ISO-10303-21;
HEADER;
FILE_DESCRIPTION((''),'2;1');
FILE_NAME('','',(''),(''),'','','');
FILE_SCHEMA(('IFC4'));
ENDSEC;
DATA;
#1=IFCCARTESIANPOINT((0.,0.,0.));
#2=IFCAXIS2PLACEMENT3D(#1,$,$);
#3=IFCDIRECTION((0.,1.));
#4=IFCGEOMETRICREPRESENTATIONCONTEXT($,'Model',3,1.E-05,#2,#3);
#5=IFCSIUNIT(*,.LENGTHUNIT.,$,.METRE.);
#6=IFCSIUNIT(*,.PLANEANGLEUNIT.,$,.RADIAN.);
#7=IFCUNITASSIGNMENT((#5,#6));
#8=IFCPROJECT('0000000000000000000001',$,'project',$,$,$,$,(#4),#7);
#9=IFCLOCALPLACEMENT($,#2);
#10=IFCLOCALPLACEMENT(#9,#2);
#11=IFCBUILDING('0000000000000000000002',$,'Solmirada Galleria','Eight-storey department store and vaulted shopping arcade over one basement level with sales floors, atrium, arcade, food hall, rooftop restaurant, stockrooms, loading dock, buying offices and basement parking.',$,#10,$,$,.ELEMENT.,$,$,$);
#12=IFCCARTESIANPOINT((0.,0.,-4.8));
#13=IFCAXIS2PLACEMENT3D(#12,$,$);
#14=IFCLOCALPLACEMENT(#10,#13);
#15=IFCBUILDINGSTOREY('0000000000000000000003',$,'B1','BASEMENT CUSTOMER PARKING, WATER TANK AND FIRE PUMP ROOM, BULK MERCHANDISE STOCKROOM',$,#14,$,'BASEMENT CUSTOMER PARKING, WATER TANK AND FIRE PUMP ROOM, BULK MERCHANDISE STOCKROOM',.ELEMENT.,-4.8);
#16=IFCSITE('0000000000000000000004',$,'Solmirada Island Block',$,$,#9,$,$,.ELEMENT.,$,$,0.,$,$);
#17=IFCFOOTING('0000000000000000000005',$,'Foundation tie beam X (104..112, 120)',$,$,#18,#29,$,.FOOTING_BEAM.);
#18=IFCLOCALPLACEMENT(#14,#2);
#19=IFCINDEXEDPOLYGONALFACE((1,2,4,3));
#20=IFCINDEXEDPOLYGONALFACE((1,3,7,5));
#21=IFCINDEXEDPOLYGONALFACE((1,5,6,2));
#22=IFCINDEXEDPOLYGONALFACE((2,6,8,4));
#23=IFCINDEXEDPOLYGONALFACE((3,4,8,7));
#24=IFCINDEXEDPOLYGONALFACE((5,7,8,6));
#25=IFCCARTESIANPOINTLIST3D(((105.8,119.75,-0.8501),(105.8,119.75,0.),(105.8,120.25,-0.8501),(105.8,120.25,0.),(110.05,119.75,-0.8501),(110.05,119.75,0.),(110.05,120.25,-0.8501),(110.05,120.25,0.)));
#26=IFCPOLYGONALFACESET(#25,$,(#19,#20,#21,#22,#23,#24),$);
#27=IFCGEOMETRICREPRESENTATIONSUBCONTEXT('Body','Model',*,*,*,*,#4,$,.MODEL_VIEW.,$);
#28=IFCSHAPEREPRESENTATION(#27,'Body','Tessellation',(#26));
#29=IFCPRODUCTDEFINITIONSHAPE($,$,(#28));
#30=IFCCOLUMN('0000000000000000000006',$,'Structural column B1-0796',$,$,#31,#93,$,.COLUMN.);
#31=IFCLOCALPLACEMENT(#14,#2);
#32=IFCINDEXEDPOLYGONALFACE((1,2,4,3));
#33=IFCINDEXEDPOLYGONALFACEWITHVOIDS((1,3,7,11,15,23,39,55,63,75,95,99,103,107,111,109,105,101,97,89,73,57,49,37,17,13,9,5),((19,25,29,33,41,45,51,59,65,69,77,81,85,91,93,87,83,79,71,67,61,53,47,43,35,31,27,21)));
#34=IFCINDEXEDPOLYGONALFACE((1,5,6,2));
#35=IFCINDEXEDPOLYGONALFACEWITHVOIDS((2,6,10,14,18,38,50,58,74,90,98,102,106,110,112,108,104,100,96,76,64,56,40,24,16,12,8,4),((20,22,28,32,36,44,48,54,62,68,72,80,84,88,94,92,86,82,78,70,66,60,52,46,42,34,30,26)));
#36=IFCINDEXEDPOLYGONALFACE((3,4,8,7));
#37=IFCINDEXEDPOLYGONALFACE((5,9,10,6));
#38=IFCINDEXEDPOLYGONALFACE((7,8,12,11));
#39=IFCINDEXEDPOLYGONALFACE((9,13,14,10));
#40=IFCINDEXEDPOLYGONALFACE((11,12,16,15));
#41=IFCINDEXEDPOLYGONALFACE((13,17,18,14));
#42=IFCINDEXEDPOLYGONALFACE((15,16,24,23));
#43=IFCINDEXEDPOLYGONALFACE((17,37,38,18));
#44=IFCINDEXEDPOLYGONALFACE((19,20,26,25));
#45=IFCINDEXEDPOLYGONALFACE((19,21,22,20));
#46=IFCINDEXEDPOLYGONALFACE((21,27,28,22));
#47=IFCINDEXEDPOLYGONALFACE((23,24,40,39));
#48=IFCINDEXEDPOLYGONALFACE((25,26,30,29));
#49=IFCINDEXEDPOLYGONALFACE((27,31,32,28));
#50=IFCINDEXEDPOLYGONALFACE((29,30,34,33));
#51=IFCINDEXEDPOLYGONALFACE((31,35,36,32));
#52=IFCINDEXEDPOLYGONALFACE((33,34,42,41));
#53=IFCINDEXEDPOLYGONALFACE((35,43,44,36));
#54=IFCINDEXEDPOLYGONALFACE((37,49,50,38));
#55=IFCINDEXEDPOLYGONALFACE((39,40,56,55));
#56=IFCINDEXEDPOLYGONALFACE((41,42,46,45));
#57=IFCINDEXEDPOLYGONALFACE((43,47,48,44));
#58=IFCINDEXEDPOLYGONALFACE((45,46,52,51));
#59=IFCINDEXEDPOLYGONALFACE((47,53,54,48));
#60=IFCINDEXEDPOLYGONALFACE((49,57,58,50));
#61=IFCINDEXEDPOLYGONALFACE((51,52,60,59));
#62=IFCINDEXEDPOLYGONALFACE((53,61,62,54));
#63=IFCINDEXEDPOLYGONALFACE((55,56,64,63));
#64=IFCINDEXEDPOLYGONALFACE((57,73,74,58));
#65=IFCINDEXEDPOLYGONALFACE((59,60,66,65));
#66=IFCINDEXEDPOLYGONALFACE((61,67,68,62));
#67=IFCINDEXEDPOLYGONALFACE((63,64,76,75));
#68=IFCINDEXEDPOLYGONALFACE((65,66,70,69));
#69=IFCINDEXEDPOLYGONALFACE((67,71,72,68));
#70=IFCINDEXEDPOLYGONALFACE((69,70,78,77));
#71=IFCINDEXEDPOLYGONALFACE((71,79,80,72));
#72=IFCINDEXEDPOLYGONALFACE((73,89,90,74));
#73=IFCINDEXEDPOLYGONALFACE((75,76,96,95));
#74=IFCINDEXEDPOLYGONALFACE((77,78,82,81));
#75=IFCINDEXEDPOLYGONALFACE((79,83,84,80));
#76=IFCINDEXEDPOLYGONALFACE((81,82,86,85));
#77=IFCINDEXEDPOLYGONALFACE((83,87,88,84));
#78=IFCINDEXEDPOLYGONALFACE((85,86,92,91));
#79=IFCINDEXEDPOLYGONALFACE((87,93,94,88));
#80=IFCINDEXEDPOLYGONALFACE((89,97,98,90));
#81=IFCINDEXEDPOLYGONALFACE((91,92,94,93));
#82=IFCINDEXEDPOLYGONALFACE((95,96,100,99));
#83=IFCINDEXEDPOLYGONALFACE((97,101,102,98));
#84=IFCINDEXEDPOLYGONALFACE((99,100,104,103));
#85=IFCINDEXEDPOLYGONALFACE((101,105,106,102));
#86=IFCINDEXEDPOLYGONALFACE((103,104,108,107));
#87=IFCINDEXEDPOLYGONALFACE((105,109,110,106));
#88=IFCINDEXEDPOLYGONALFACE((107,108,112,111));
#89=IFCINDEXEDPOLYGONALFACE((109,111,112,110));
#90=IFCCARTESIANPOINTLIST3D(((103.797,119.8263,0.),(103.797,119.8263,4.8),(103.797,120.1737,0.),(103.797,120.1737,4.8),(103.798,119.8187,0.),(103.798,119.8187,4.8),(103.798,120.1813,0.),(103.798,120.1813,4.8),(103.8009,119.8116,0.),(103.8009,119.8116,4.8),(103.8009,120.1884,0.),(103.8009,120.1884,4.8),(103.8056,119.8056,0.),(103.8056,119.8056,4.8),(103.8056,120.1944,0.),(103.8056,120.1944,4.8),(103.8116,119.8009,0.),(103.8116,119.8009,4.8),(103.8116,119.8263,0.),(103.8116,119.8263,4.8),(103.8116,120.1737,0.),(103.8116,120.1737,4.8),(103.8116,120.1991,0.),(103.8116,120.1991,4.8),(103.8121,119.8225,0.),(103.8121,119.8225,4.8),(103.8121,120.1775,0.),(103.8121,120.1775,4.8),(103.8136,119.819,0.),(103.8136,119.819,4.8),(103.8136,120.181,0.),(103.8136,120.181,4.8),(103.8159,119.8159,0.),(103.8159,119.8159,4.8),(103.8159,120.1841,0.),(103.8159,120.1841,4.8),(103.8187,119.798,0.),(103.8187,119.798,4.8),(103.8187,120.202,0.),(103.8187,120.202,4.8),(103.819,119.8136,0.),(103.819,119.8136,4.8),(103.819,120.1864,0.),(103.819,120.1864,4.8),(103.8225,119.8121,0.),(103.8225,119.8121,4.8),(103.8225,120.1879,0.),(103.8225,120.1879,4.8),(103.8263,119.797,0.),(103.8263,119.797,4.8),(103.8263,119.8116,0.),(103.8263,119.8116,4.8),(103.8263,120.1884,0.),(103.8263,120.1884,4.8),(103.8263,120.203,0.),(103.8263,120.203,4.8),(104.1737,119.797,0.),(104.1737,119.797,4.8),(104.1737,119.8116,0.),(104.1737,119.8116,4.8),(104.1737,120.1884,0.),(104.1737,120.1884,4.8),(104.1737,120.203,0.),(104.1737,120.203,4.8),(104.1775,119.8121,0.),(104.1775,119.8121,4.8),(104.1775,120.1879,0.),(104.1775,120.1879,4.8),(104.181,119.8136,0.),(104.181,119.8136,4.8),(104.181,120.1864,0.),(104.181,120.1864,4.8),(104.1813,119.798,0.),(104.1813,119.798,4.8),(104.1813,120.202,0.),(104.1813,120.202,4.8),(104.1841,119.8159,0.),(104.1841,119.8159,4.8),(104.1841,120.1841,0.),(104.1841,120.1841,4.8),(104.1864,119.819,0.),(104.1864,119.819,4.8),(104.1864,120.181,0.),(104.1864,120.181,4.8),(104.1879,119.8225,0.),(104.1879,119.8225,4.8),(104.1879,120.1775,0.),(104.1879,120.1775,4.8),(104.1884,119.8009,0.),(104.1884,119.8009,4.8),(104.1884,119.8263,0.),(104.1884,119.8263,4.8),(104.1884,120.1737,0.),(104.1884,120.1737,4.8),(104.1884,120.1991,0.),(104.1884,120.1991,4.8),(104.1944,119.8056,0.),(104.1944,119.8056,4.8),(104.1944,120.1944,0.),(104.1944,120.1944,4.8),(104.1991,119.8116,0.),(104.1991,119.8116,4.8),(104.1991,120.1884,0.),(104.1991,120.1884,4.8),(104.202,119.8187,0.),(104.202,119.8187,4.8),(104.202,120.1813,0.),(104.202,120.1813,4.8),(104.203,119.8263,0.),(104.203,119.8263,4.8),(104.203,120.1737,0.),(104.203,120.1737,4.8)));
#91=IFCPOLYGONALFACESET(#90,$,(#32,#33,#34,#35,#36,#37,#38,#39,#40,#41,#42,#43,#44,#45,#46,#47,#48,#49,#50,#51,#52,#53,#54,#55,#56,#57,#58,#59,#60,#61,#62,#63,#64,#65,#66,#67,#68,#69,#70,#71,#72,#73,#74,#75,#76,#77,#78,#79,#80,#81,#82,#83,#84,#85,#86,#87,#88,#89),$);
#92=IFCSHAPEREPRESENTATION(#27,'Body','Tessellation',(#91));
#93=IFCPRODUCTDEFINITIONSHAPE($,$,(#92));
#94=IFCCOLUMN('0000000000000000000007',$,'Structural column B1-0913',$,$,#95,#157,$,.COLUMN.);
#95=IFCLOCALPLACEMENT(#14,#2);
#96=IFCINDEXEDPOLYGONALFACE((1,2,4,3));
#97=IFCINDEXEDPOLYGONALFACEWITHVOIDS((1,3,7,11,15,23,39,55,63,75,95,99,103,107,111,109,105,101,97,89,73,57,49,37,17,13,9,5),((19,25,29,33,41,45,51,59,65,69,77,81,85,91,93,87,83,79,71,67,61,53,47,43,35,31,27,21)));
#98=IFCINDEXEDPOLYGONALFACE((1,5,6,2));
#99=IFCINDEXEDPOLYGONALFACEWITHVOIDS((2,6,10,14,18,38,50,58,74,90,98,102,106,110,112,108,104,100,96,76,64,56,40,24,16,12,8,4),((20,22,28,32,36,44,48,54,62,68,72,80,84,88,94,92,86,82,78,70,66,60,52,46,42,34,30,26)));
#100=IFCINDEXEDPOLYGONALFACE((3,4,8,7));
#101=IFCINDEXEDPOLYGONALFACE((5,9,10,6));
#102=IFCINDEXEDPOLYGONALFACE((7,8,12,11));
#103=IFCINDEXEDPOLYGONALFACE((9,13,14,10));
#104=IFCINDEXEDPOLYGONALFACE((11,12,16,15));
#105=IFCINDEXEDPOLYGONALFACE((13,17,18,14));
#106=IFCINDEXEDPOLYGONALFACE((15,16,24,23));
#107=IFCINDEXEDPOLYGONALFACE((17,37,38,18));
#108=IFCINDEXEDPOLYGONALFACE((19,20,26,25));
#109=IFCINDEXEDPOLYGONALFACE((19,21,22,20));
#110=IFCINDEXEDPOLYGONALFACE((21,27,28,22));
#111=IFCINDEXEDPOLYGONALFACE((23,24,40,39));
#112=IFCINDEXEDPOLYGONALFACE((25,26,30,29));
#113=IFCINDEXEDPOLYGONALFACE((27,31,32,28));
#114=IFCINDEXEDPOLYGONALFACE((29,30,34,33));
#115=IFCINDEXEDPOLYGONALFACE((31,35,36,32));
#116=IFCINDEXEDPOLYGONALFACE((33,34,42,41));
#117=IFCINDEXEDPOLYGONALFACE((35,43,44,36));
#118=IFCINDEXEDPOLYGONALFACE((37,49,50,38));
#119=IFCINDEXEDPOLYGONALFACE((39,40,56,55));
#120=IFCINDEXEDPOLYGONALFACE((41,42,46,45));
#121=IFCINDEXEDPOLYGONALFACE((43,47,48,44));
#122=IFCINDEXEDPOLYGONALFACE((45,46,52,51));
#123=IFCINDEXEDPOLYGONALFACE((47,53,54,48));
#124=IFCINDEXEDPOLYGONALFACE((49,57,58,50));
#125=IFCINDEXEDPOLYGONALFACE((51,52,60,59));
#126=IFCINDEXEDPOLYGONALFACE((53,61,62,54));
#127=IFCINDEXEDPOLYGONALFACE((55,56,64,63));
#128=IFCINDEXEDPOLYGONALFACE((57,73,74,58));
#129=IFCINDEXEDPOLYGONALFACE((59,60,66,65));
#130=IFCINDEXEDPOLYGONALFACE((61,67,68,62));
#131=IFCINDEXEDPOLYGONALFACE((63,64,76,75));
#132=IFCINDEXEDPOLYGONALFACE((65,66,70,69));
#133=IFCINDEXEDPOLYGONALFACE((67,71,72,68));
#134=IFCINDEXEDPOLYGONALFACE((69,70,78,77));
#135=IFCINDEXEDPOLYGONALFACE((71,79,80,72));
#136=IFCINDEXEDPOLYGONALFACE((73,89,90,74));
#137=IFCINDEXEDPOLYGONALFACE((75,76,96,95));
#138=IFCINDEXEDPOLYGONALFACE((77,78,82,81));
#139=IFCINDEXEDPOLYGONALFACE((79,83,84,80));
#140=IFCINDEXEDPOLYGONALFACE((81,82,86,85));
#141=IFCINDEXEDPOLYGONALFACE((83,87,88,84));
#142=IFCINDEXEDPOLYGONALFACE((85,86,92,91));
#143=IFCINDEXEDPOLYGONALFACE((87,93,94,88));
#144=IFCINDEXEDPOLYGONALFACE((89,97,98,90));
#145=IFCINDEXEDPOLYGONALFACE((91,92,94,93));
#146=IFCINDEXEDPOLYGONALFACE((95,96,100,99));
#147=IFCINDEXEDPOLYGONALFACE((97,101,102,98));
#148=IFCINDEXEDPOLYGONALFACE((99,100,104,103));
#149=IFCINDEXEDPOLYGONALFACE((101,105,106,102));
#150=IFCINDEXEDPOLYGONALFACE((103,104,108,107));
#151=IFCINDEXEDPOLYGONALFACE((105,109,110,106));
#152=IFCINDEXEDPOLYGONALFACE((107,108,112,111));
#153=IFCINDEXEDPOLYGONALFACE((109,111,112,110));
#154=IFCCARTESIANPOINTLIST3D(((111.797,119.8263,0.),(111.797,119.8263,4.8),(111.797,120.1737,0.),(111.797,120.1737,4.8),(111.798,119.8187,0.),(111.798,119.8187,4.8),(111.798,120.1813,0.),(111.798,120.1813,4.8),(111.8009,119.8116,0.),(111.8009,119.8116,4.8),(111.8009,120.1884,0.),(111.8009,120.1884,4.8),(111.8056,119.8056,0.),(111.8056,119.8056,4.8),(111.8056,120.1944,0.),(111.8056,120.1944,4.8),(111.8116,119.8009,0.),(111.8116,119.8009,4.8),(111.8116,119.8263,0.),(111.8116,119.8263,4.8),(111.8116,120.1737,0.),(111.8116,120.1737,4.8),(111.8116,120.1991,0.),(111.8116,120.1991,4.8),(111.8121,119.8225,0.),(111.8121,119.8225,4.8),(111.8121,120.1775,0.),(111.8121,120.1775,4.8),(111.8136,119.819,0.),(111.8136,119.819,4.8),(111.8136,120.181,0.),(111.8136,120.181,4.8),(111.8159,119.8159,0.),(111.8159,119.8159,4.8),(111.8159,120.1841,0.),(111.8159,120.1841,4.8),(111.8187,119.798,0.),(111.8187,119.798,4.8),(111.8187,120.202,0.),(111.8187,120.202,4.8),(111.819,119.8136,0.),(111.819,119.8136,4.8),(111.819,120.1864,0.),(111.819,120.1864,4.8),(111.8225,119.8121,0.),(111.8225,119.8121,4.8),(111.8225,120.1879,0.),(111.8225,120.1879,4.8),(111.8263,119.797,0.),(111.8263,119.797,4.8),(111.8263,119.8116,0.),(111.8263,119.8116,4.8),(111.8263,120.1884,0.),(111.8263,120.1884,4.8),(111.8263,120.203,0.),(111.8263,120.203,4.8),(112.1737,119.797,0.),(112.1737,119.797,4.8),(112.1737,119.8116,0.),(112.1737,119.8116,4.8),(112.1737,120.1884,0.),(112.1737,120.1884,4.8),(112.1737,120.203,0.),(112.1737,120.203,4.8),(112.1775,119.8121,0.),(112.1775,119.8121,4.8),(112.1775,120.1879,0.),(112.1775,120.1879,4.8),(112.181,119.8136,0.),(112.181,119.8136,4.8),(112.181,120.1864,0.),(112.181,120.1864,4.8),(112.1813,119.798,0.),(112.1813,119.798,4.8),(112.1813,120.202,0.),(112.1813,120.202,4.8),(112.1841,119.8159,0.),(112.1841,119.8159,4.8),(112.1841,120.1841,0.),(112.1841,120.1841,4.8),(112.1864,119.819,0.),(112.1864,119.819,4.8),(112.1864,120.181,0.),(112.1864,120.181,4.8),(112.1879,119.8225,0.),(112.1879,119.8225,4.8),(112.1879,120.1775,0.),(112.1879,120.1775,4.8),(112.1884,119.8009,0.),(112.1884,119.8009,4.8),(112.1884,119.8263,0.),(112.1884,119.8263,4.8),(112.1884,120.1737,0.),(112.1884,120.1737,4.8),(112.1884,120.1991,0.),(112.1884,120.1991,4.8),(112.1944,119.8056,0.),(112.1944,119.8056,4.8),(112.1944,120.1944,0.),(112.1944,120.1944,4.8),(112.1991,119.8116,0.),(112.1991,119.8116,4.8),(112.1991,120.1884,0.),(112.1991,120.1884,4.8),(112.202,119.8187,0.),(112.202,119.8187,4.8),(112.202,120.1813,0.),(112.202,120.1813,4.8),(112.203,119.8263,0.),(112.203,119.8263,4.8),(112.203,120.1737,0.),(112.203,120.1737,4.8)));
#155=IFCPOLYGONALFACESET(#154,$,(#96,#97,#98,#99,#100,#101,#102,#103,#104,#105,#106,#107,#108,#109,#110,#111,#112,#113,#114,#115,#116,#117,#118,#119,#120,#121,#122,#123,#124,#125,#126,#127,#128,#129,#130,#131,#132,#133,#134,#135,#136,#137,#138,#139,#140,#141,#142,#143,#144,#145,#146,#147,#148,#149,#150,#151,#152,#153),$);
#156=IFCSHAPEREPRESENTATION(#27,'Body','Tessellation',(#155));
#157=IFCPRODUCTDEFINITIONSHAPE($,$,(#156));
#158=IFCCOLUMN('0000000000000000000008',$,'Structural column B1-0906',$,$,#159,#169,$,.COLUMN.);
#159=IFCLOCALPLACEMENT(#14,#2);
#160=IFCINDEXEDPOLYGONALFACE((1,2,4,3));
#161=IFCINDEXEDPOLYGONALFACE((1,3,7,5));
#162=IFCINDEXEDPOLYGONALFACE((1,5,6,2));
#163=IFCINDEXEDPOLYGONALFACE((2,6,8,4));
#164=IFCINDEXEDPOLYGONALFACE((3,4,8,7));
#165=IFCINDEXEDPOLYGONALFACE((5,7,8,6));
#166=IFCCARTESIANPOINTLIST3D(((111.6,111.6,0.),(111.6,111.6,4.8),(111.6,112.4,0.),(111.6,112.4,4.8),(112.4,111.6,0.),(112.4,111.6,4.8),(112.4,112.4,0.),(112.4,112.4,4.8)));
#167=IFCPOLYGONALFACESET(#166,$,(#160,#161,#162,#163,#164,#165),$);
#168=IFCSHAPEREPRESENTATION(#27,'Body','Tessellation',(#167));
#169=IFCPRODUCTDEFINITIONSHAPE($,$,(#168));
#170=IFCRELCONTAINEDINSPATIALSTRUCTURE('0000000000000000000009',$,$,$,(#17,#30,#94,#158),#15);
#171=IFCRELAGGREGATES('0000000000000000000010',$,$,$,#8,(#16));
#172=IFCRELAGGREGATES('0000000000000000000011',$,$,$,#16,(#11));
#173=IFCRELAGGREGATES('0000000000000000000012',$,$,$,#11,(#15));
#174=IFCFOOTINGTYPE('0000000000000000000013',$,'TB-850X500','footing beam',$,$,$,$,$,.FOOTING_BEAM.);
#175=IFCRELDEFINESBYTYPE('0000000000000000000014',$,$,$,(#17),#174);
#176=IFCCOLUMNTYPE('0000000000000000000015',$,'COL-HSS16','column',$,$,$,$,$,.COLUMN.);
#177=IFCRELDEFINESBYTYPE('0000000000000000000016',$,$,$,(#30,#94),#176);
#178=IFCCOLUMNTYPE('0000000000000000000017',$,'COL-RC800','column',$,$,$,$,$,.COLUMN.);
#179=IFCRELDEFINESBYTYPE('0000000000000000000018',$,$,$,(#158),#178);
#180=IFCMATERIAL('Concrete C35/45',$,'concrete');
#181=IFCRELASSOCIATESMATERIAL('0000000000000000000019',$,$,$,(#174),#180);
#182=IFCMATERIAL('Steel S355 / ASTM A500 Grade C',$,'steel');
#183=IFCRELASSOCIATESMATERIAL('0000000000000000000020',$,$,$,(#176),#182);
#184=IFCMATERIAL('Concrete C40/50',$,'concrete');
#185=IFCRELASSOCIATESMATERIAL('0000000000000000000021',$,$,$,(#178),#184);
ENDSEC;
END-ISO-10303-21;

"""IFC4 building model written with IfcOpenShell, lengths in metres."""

from ifc_helpers import new_model, si_unit, direction, frame, origin, origin_2d, place, context, subcontext, project, spatial, rectangle, hollow_rectangle, extrude, material, material_profile, profile_set, type_object, element, save


model = new_model("IFC4")

# Units and contexts
model_context = context("Model", 3, precision=1e-05, world=origin(), true_north=direction((0.0, 1.0)))
body_context = subcontext(model_context, "Body", "Model", "MODEL_VIEW")
ifc_project = project(units=[si_unit("LENGTHUNIT", "METRE"), si_unit("PLANEANGLEUNIT", "RADIAN")], contexts=[model_context])

# Site, building, storey
site_placement = place(None, origin())
site = spatial("IfcSite", under=ifc_project, at=site_placement, Name="Solmirada Island Block", CompositionType="ELEMENT", RefElevation=0.0)
building_placement = place(site_placement, origin())
building = spatial("IfcBuilding", under=site, at=building_placement, Name="Solmirada Galleria", Description="Eight-storey department store and vaulted shopping arcade over one basement level with sales floors, atrium, arcade, food hall, rooftop restaurant, stockrooms, loading dock, buying offices and basement parking.", CompositionType="ELEMENT")
storey_placement = place(building_placement, frame((0.0, 0.0, -4.8)))
storey = spatial("IfcBuildingStorey", under=building, at=storey_placement, Name="B1", Description="BASEMENT CUSTOMER PARKING, WATER TANK AND FIRE PUMP ROOM, BULK MERCHANDISE STOCKROOM", LongName="BASEMENT CUSTOMER PARKING, WATER TANK AND FIRE PUMP ROOM, BULK MERCHANDISE STOCKROOM", CompositionType="ELEMENT", Elevation=-4.8)

# Shared definitions
ifc_material_1 = material(Name="Concrete C35/45", Category="concrete")

# Shared definitions
ifc_material_2 = material(Name="Concrete C40/50", Category="concrete")

# Footing
ifc_material_profile_1 = material_profile(ifc_material_1, rectangle(XDim=0.5, YDim=0.8501, at=origin_2d()), Name="RC850X500")
ifc_profile_set_1 = profile_set([ifc_material_profile_1], Name="Concrete C35/45")
footing_type_1 = type_object("IfcFootingType", Name="TB-850X500", Description="footing beam", PredefinedType="FOOTING_BEAM", material=ifc_profile_set_1)
footing_1_placement = place(storey_placement, frame((105.8, 120.0, -0.425), z_axis=(1.0, 0.0, 0.0), x_axis=(0.0, 1.0, 0.0)))
element("IfcFooting", 1, at=footing_1_placement, inside=storey, type_object=footing_type_1, Name="Foundation tie beam X (104..112, 120)", PredefinedType="FOOTING_BEAM", context=body_context, shape_type="SweptSolid", body=[
    extrude(rectangle(XDim=0.5, YDim=0.8501, at=origin_2d()), origin(), (0.0, 0.0, 1.0), 4.25),
])

# Columns
ifc_material_3 = material(Name="Steel S355 / ASTM A500 Grade C", Category="steel")
ifc_material_profile_2 = material_profile(ifc_material_3, hollow_rectangle(XDim=0.406, YDim=0.406, WallThickness=0.0146, InnerFilletRadius=0.0146, OuterFilletRadius=0.0293, at=origin_2d()), Name="HSS16X16X5/8")
ifc_profile_set_2 = profile_set([ifc_material_profile_2], Name="Steel S355 / ASTM A500 Grade C")
column_type_1 = type_object("IfcColumnType", Name="COL-HSS16", Description="column", PredefinedType="COLUMN", material=ifc_profile_set_2)
for number, where, z_axis, x_axis, name in (
    (2, (104.0, 120.0, 0.0), (0.0, 0.0, 1.0), (1.0, 0.0, 0.0), "Structural column B1-0796"),
    (3, (112.0, 120.0, 0.0), (0.0, 0.0, 1.0), (1.0, 0.0, 0.0), "Structural column B1-0913"),
):
    element("IfcColumn", number, at=place(storey_placement, frame(where, z_axis=z_axis, x_axis=x_axis)), inside=storey, type_object=column_type_1, Name=name, PredefinedType="COLUMN", context=body_context, shape_type="SweptSolid", body=[
        extrude(hollow_rectangle(XDim=0.406, YDim=0.406, WallThickness=0.0146, InnerFilletRadius=0.0146, OuterFilletRadius=0.0293, at=origin_2d()), origin(), (0.0, 0.0, 1.0), 4.8),
    ])
ifc_material_profile_3 = material_profile(ifc_material_2, rectangle(XDim=0.8, YDim=0.8, at=origin_2d()), Name="RC800X800")
ifc_profile_set_3 = profile_set([ifc_material_profile_3], Name="Concrete C40/50")
column_type_2 = type_object("IfcColumnType", Name="COL-RC800", Description="column", PredefinedType="COLUMN", material=ifc_profile_set_3)
column_placement = place(storey_placement, frame((112.0, 112.0, 0.0), z_axis=(0.0, 0.0, 1.0), x_axis=(1.0, 0.0, 0.0)))
element("IfcColumn", 4, at=column_placement, inside=storey, type_object=column_type_2, Name="Structural column B1-0906", PredefinedType="COLUMN", context=body_context, shape_type="SweptSolid", body=[
    extrude(rectangle(XDim=0.8, YDim=0.8, at=origin_2d()), origin(), (0.0, 0.0, 1.0), 4.8),
])

save(model, "model.ifc")
